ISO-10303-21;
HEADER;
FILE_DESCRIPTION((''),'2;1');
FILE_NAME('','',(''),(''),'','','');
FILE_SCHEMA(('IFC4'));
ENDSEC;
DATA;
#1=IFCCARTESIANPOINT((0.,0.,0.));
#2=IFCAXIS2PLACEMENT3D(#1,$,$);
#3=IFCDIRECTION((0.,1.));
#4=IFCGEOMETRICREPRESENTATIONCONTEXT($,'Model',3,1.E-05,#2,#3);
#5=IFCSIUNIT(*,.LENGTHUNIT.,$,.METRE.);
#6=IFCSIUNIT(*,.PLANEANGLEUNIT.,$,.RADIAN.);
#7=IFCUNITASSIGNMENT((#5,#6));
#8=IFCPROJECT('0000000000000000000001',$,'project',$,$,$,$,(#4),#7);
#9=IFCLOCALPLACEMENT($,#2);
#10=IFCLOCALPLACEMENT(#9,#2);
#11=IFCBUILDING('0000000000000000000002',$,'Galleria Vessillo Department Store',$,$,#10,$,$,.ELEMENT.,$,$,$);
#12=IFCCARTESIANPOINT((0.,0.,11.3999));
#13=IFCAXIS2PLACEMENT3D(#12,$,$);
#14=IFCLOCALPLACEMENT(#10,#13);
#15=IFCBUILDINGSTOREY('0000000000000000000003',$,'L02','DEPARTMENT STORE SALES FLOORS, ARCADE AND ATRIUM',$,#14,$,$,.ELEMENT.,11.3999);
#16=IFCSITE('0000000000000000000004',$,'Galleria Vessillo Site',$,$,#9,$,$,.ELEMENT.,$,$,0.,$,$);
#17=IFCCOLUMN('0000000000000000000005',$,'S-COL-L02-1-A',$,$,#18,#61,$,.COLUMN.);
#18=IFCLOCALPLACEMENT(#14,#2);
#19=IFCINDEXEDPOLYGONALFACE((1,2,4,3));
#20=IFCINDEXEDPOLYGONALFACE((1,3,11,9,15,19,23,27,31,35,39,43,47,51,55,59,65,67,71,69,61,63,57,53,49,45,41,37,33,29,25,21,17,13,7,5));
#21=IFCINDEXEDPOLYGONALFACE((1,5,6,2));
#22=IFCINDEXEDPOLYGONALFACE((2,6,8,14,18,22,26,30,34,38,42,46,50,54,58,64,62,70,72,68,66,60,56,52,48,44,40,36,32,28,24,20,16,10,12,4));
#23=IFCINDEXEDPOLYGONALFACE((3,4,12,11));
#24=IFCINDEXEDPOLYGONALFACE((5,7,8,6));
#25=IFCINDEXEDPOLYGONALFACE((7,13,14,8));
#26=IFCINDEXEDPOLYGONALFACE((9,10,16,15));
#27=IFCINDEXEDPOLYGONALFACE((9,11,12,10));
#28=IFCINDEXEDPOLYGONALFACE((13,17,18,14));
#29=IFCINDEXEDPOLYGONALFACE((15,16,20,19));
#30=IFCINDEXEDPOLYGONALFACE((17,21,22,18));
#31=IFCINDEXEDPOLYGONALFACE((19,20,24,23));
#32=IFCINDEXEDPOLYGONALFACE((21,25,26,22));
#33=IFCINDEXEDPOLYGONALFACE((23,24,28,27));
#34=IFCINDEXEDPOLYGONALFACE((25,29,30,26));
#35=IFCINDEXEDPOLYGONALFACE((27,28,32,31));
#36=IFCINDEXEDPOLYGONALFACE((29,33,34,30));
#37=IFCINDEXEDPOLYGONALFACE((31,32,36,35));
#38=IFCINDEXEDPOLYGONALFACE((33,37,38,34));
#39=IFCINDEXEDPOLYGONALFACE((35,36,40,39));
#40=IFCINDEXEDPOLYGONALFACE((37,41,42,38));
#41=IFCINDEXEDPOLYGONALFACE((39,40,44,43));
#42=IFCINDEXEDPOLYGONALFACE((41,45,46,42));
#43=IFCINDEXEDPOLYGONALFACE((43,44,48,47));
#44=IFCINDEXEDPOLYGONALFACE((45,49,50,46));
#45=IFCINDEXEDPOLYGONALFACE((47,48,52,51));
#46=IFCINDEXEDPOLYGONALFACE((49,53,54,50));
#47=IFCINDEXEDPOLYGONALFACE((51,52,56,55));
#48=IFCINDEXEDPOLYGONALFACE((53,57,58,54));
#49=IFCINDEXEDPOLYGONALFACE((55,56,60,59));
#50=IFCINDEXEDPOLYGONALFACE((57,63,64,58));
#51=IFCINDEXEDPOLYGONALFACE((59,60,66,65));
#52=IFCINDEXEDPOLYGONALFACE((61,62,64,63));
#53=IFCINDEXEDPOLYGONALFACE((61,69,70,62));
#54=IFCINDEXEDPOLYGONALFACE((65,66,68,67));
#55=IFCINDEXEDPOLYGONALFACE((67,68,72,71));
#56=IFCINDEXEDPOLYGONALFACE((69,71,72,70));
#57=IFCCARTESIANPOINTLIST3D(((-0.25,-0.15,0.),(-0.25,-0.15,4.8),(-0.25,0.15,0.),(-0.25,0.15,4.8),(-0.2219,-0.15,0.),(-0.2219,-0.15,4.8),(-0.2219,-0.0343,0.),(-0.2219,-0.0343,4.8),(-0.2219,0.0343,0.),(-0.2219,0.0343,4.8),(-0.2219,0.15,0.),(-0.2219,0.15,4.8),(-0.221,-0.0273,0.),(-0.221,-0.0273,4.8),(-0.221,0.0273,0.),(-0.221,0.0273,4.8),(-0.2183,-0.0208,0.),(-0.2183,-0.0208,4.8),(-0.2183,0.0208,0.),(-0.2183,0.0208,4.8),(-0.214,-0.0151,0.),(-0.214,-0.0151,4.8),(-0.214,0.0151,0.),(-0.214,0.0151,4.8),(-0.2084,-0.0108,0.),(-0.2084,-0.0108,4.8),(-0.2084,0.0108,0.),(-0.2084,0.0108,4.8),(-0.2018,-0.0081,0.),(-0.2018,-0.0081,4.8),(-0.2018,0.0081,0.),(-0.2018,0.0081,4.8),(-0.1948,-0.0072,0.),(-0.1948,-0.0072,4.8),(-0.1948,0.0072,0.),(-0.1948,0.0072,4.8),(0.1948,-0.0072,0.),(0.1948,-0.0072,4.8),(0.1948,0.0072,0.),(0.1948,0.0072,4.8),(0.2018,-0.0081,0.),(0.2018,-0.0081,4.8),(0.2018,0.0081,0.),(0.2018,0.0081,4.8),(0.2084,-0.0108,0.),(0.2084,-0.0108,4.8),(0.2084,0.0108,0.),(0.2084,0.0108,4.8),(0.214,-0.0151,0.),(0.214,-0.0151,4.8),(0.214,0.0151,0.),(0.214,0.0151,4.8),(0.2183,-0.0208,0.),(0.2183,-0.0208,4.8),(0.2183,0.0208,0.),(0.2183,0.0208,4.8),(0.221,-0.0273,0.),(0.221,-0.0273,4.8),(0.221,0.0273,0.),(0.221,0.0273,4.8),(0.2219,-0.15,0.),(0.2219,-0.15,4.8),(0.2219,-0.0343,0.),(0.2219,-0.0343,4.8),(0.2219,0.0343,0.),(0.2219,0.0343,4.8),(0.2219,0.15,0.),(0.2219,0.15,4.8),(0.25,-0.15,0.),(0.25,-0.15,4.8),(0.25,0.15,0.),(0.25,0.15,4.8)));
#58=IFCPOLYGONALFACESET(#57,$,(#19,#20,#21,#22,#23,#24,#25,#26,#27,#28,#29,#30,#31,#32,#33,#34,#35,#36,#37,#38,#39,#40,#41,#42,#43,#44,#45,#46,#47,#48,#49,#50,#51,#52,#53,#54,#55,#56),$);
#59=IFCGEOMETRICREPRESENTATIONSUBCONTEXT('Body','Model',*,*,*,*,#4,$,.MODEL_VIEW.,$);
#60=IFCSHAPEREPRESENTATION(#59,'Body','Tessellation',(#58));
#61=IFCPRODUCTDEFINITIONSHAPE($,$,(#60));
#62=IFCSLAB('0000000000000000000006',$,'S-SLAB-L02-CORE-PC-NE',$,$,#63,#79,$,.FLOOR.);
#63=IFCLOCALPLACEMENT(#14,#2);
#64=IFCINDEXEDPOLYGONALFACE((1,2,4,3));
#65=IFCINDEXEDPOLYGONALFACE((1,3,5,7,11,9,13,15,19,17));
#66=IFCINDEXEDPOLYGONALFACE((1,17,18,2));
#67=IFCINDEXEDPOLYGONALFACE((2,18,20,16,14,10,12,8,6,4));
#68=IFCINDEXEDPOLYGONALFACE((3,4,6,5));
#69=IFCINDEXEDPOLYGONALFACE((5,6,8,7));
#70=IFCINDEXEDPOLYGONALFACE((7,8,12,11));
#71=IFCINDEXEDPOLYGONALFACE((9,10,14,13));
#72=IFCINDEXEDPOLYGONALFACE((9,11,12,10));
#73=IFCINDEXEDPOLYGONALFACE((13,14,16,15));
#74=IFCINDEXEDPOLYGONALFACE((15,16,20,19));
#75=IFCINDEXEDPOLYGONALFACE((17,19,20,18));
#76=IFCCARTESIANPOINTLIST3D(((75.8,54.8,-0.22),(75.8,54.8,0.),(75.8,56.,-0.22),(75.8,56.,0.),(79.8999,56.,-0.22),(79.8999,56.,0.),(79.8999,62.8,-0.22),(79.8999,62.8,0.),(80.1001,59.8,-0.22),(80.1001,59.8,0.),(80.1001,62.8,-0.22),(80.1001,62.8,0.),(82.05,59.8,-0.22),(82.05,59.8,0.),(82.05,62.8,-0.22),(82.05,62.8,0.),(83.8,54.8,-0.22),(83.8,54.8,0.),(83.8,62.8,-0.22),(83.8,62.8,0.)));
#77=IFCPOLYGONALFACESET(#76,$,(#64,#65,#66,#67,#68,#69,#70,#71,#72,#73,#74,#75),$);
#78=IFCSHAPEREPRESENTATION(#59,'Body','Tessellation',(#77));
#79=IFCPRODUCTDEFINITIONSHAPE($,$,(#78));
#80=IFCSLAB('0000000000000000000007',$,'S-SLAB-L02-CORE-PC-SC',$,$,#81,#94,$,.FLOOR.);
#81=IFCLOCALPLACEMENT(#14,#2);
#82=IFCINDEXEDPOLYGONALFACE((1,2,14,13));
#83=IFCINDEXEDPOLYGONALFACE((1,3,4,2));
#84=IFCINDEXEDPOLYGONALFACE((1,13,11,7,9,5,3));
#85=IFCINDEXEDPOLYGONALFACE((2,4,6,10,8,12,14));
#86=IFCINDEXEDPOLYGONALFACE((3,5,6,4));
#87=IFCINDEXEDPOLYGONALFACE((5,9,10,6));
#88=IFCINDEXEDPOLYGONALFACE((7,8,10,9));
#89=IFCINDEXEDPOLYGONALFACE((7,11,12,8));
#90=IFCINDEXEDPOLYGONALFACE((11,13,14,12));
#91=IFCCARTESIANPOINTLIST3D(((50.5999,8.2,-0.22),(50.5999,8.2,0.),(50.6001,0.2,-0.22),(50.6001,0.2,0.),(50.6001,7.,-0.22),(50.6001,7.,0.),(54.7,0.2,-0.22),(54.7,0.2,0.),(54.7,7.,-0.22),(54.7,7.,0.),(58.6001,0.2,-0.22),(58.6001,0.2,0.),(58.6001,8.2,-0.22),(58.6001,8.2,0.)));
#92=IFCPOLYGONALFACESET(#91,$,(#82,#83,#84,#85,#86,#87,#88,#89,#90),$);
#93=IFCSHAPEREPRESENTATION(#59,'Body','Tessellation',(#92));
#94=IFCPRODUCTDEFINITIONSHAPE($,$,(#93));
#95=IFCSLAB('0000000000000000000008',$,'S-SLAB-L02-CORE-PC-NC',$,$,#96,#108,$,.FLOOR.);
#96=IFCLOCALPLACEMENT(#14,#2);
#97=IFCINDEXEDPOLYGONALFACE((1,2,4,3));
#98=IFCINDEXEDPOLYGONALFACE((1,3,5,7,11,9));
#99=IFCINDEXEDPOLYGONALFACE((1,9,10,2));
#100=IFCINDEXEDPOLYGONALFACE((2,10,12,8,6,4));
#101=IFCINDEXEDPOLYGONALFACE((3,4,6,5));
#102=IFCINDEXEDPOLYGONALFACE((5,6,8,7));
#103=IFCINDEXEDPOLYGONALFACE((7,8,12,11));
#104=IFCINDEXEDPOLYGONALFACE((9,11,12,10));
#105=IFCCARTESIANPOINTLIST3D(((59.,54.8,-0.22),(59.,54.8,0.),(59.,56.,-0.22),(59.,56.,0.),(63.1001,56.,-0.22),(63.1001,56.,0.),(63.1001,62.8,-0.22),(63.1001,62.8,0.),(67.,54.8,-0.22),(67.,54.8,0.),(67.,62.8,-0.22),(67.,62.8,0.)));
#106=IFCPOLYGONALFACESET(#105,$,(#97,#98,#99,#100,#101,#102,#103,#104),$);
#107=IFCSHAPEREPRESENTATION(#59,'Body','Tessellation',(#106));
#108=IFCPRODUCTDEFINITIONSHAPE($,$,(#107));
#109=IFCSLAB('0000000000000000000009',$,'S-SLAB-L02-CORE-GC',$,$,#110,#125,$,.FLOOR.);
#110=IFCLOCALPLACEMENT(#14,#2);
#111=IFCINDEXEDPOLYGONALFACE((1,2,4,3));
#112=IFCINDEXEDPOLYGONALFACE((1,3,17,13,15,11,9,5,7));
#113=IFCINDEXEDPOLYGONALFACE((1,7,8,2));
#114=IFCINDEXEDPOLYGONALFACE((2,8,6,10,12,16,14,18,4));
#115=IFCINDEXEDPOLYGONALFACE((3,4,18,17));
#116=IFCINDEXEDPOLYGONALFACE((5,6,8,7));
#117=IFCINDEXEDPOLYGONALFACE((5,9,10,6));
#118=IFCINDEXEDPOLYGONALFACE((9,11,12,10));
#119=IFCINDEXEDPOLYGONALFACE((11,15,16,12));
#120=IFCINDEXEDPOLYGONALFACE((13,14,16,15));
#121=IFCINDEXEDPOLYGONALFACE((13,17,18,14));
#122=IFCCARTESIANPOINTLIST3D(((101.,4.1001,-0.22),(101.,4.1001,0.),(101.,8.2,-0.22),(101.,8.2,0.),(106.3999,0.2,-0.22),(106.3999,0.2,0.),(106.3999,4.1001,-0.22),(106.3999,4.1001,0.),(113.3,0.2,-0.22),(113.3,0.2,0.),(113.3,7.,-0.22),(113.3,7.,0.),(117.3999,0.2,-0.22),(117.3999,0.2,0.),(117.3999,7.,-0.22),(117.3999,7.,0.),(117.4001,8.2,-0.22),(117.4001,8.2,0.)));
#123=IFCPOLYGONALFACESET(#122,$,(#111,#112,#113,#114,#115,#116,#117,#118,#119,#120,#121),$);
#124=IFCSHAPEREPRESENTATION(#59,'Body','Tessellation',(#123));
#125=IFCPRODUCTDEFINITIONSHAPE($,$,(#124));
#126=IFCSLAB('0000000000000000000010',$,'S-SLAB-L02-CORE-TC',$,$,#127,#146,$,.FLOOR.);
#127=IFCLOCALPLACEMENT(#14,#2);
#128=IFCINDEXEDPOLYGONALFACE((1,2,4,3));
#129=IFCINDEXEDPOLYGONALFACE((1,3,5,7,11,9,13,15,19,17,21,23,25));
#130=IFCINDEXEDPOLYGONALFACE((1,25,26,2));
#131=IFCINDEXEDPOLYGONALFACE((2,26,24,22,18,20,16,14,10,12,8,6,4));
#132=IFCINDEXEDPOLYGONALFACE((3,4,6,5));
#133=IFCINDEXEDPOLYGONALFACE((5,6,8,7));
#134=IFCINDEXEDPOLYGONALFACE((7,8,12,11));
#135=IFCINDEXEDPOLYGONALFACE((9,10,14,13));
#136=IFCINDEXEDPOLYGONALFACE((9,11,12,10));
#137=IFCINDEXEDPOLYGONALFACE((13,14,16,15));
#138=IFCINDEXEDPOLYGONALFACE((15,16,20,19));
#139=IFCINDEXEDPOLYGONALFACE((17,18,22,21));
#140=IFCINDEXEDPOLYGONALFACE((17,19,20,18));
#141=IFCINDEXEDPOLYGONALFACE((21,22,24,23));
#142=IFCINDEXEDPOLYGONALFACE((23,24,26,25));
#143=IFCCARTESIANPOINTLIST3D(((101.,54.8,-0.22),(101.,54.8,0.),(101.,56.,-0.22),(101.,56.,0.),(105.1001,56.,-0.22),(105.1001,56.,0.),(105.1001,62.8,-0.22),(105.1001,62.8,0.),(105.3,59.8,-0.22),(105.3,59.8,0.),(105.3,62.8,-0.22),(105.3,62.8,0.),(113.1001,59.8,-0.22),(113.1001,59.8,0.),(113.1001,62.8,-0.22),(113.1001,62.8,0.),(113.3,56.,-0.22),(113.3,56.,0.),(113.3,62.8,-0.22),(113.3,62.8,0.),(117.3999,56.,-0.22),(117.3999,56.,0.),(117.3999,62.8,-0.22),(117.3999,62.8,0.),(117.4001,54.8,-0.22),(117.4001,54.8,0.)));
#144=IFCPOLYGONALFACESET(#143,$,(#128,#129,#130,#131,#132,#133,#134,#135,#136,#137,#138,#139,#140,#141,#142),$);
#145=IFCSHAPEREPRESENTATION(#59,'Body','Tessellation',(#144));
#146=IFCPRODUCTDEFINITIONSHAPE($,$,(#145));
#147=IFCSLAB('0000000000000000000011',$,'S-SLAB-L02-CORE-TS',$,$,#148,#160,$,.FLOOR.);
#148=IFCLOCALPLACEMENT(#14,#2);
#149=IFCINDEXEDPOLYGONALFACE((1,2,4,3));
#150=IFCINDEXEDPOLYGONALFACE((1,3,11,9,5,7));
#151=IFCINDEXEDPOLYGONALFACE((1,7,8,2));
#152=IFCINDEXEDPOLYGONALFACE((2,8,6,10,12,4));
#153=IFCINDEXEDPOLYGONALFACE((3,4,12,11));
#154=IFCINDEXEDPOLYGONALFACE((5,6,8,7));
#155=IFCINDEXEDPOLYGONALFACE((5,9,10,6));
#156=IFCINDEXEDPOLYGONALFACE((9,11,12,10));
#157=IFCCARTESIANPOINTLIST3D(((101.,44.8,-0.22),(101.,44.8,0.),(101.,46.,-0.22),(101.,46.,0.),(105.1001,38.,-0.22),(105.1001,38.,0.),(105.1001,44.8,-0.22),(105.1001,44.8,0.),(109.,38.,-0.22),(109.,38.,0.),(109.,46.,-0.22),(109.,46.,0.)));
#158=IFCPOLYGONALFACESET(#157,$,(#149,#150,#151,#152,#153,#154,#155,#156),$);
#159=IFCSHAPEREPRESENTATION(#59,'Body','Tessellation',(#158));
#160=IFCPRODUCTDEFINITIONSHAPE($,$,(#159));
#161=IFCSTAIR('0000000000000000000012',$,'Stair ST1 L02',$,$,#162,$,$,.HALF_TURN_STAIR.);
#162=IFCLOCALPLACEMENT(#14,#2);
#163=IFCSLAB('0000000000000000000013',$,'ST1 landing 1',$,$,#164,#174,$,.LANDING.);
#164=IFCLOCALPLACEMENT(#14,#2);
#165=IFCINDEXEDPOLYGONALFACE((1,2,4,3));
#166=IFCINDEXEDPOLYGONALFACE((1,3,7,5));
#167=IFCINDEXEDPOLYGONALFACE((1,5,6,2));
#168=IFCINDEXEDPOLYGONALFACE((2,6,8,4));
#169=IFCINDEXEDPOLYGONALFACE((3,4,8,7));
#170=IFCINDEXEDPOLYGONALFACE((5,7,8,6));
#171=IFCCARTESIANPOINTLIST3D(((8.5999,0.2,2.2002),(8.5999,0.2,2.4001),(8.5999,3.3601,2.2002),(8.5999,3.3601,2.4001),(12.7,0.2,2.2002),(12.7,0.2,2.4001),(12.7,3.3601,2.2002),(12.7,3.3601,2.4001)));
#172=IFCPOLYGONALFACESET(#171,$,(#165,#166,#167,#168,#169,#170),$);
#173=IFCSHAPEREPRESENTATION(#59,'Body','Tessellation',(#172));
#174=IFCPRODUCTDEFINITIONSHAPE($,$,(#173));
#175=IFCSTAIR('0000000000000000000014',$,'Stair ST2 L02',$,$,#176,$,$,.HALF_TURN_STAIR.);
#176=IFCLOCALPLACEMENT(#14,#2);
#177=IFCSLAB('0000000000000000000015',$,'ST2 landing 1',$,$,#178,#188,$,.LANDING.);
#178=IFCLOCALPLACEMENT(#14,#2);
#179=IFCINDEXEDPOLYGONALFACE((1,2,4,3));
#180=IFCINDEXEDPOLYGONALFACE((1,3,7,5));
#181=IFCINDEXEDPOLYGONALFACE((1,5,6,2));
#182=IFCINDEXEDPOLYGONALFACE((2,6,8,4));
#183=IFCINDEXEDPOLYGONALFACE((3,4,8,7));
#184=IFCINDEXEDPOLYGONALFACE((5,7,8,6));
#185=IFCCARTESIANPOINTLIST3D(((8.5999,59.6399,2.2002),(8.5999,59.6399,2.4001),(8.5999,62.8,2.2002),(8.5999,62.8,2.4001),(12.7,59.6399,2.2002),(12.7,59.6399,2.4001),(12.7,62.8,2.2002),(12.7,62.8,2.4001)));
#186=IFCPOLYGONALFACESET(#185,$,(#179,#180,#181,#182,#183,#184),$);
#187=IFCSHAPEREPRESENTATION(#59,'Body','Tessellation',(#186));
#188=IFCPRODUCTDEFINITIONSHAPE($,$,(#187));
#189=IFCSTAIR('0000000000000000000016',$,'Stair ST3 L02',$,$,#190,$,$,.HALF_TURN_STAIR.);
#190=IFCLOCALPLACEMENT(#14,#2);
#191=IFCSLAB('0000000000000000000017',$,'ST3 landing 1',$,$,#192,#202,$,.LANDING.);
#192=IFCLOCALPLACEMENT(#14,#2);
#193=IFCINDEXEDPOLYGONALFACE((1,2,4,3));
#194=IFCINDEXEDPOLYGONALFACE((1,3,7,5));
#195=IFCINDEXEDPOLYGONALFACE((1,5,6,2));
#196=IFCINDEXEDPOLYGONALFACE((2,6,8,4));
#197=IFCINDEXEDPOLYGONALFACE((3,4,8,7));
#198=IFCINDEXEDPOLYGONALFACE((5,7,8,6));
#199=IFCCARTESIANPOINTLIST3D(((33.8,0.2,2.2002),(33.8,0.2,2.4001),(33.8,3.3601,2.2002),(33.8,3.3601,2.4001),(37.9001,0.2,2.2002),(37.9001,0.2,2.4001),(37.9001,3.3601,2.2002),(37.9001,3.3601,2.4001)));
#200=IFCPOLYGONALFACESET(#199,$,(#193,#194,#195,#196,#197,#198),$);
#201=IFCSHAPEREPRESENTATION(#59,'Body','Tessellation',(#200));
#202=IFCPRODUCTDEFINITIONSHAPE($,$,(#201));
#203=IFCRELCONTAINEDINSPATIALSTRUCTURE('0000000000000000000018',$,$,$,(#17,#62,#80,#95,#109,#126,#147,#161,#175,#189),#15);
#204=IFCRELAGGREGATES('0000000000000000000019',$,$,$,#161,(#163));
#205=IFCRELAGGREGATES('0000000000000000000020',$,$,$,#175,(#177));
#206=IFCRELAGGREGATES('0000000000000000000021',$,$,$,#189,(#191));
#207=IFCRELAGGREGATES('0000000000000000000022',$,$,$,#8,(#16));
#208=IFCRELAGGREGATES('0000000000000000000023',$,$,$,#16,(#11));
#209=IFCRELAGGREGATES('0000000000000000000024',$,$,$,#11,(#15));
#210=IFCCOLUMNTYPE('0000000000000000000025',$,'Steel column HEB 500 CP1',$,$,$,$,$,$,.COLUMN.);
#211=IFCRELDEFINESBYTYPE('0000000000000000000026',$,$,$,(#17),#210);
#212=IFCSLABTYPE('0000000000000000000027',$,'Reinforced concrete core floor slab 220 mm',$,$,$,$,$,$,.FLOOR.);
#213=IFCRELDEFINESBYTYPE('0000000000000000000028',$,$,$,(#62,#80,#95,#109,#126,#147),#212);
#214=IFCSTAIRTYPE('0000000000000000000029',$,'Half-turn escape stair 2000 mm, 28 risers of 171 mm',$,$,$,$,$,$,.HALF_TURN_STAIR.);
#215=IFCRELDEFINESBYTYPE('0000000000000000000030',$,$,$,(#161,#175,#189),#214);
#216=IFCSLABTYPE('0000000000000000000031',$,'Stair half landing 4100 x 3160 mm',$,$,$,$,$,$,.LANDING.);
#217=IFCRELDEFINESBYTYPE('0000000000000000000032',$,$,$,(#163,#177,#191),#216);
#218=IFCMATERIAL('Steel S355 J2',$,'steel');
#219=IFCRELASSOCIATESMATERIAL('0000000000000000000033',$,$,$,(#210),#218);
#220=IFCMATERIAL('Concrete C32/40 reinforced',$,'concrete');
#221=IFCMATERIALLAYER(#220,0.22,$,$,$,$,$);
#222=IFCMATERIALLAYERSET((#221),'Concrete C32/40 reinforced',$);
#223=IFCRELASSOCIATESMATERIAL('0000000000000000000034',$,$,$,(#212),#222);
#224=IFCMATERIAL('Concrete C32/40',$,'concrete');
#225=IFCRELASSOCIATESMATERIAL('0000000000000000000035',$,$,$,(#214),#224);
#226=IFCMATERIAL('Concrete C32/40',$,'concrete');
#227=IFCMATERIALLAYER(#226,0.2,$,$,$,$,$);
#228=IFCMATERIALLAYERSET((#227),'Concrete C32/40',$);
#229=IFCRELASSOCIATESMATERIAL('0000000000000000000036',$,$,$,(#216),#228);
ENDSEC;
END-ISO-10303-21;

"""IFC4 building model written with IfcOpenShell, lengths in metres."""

from ifc_helpers import new_model, si_unit, direction, frame, origin, origin_2d, place, context, subcontext, project, spatial, polyline, i_section, outline, extrude, material, layer, layer_set, material_profile, profile_set, type_object, element, aggregate, save


model = new_model("IFC4")

# Units and contexts
model_context = context("Model", 3, precision=1e-05, world=origin(), true_north=direction((0.0, 1.0)))
body_context = subcontext(model_context, "Body", "Model", "MODEL_VIEW")
ifc_project = project(units=[si_unit("LENGTHUNIT", "METRE"), si_unit("PLANEANGLEUNIT", "RADIAN")], contexts=[model_context])

# Site, building, storey
site_placement = place(None, origin())
site = spatial("IfcSite", under=ifc_project, at=site_placement, Name="Galleria Vessillo Site", CompositionType="ELEMENT", RefElevation=0.0)
building_placement = place(site_placement, origin())
building = spatial("IfcBuilding", under=site, at=building_placement, Name="Galleria Vessillo Department Store", CompositionType="ELEMENT")
storey_placement = place(building_placement, frame((0.0, 0.0, 11.3999)))
storey = spatial("IfcBuildingStorey", under=building, at=storey_placement, Name="L02", Description="DEPARTMENT STORE SALES FLOORS, ARCADE AND ATRIUM", CompositionType="ELEMENT", Elevation=11.3999)

# Column
ifc_material_1 = material(Name="Steel S355 J2", Category="steel")
ifc_material_profile = material_profile(ifc_material_1, i_section(OverallWidth=0.3, OverallDepth=0.5, WebThickness=0.0144, FlangeThickness=0.0281, FilletRadius=0.0271, at=origin_2d()), Name="HEB 500")
ifc_profile_set = profile_set([ifc_material_profile], Name="Steel S355 J2")
column_type = type_object("IfcColumnType", Name="Steel column HEB 500 CP1", PredefinedType="COLUMN", material=ifc_profile_set)
column_placement = place(storey_placement, frame((0.0, 0.0, 0.0), z_axis=(0.0, 0.0, 1.0), x_axis=(0.0, 1.0, 0.0)))
element("IfcColumn", 1, at=column_placement, inside=storey, type_object=column_type, Name="S-COL-L02-1-A", PredefinedType="COLUMN", context=body_context, shape_type="SweptSolid", body=[
    extrude(i_section(OverallWidth=0.3, OverallDepth=0.5, WebThickness=0.0144, FlangeThickness=0.0281, FilletRadius=0.0271, at=origin_2d()), origin(), (0.0, 0.0, 1.0), 4.8),
])

# Slabs
ifc_material_2 = material(Name="Concrete C32/40 reinforced", Category="concrete")
ifc_layer_1 = layer(ifc_material_2, 0.22)
ifc_layer_set_1 = layer_set([ifc_layer_1], Name="Concrete C32/40 reinforced")
slab_type_1 = type_object("IfcSlabType", Name="Reinforced concrete core floor slab 220 mm", PredefinedType="FLOOR", material=ifc_layer_set_1)
slab_1_placement = place(storey_placement, frame((0.0, 0.0, -0.22)))
element("IfcSlab", 2, at=slab_1_placement, inside=storey, type_object=slab_type_1, Name="S-SLAB-L02-CORE-PC-NE", PredefinedType="FLOOR", context=body_context, shape_type="SweptSolid", body=[
    extrude(outline(polyline([(83.8, 62.8), (83.8, 54.8), (75.8, 54.8), (75.8, 56.0), (79.8999, 56.0), (79.8999, 62.8), (80.1001, 62.8), (80.1001, 59.8), (82.05, 59.8), (82.05, 62.8), (83.8, 62.8)])), origin(), (0.0, 0.0, 1.0), 0.22),
])
slab_2_placement = place(storey_placement, frame((0.0, 0.0, -0.22)))
element("IfcSlab", 3, at=slab_2_placement, inside=storey, type_object=slab_type_1, Name="S-SLAB-L02-CORE-PC-SC", PredefinedType="FLOOR", context=body_context, shape_type="SweptSolid", body=[
    extrude(outline(polyline([(50.5999, 8.2), (58.6001, 8.2), (58.6001, 0.2), (54.7, 0.2), (54.7, 7.0), (50.6001, 7.0), (50.6001, 0.2), (50.5999, 8.2)])), origin(), (0.0, 0.0, 1.0), 0.22),
])
slab_3_placement = place(storey_placement, frame((0.0, 0.0, -0.22)))
element("IfcSlab", 4, at=slab_3_placement, inside=storey, type_object=slab_type_1, Name="S-SLAB-L02-CORE-PC-NC", PredefinedType="FLOOR", context=body_context, shape_type="SweptSolid", body=[
    extrude(outline(polyline([(67.0, 62.8), (67.0, 54.8), (59.0, 54.8), (59.0, 56.0), (63.1001, 56.0), (63.1001, 62.8), (67.0, 62.8)])), origin(), (0.0, 0.0, 1.0), 0.22),
])
slab_4_placement = place(storey_placement, frame((0.0, 0.0, -0.22)))
element("IfcSlab", 5, at=slab_4_placement, inside=storey, type_object=slab_type_1, Name="S-SLAB-L02-CORE-GC", PredefinedType="FLOOR", context=body_context, shape_type="SweptSolid", body=[
    extrude(outline(polyline([(101.0, 8.2), (117.4001, 8.2), (117.3999, 0.2), (117.3999, 7.0), (113.3, 7.0), (113.3, 0.2), (106.3999, 0.2), (106.3999, 4.1001), (101.0, 4.1001), (101.0, 8.2)])), origin(), (0.0, 0.0, 1.0), 0.22),
])
slab_5_placement = place(storey_placement, frame((0.0, 0.0, -0.22)))
element("IfcSlab", 6, at=slab_5_placement, inside=storey, type_object=slab_type_1, Name="S-SLAB-L02-CORE-TC", PredefinedType="FLOOR", context=body_context, shape_type="SweptSolid", body=[
    extrude(outline(polyline([(117.4001, 54.8), (101.0, 54.8), (101.0, 56.0), (105.1001, 56.0), (105.1001, 62.8), (105.3, 62.8), (105.3, 59.8), (113.1001, 59.8), (113.1001, 62.8), (113.3, 62.8), (113.3, 56.0), (117.3999, 56.0), (117.3999, 62.8), (117.4001, 54.8)])), origin(), (0.0, 0.0, 1.0), 0.22),
])
slab_6_placement = place(storey_placement, frame((0.0, 0.0, -0.22)))
element("IfcSlab", 7, at=slab_6_placement, inside=storey, type_object=slab_type_1, Name="S-SLAB-L02-CORE-TS", PredefinedType="FLOOR", context=body_context, shape_type="SweptSolid", body=[
    extrude(outline(polyline([(101.0, 46.0), (109.0, 46.0), (109.0, 38.0), (105.1001, 38.0), (105.1001, 44.8), (101.0, 44.8), (101.0, 46.0)])), origin(), (0.0, 0.0, 1.0), 0.22),
])

# Stairs, slabs
ifc_material_3 = material(Name="Concrete C32/40", Category="concrete")
stair_type = type_object("IfcStairType", Name="Half-turn escape stair 2000 mm, 28 risers of 171 mm", PredefinedType="HALF_TURN_STAIR", material=ifc_material_3)
stair_1_placement = place(storey_placement, origin())
stair_1 = element("IfcStair", 8, at=stair_1_placement, inside=storey, type_object=stair_type, Name="Stair ST1 L02", PredefinedType="HALF_TURN_STAIR")
ifc_material_4 = material(Name="Concrete C32/40", Category="concrete")
ifc_layer_2 = layer(ifc_material_4, 0.2)
ifc_layer_set_2 = layer_set([ifc_layer_2], Name="Concrete C32/40")
slab_type_2 = type_object("IfcSlabType", Name="Stair half landing 4100 x 3160 mm", PredefinedType="LANDING", material=ifc_layer_set_2)
slab_7_placement = place(storey_placement, frame((0.0, 0.0, 2.2002)))
slab_7 = element("IfcSlab", 9, at=slab_7_placement, type_object=slab_type_2, Name="ST1 landing 1", PredefinedType="LANDING", context=body_context, shape_type="SweptSolid", body=[
    extrude(outline(polyline([(8.5999, 0.2), (8.5999, 3.3601), (12.7, 3.3601), (12.7, 0.2), (8.5999, 0.2)])), origin(), (0.0, 0.0, 1.0), 0.2),
])
aggregate(stair_1, [slab_7])
stair_2_placement = place(storey_placement, origin())
stair_2 = element("IfcStair", 10, at=stair_2_placement, inside=storey, type_object=stair_type, Name="Stair ST2 L02", PredefinedType="HALF_TURN_STAIR")
slab_8_placement = place(storey_placement, frame((0.0, 0.0, 2.2002)))
slab_8 = element("IfcSlab", 11, at=slab_8_placement, type_object=slab_type_2, Name="ST2 landing 1", PredefinedType="LANDING", context=body_context, shape_type="SweptSolid", body=[
    extrude(outline(polyline([(8.5999, 59.6399), (8.5999, 62.8), (12.7, 62.8), (12.7, 59.6399), (8.5999, 59.6399)])), origin(), (0.0, 0.0, 1.0), 0.2),
])
aggregate(stair_2, [slab_8])
stair_3_placement = place(storey_placement, origin())
stair_3 = element("IfcStair", 12, at=stair_3_placement, inside=storey, type_object=stair_type, Name="Stair ST3 L02", PredefinedType="HALF_TURN_STAIR")
slab_9_placement = place(storey_placement, frame((0.0, 0.0, 2.2002)))
slab_9 = element("IfcSlab", 13, at=slab_9_placement, type_object=slab_type_2, Name="ST3 landing 1", PredefinedType="LANDING", context=body_context, shape_type="SweptSolid", body=[
    extrude(outline(polyline([(33.8, 0.2), (33.8, 3.3601), (37.9001, 3.3601), (37.9001, 0.2), (33.8, 0.2)])), origin(), (0.0, 0.0, 1.0), 0.2),
])
aggregate(stair_3, [slab_9])

save(model, "model.ifc")
